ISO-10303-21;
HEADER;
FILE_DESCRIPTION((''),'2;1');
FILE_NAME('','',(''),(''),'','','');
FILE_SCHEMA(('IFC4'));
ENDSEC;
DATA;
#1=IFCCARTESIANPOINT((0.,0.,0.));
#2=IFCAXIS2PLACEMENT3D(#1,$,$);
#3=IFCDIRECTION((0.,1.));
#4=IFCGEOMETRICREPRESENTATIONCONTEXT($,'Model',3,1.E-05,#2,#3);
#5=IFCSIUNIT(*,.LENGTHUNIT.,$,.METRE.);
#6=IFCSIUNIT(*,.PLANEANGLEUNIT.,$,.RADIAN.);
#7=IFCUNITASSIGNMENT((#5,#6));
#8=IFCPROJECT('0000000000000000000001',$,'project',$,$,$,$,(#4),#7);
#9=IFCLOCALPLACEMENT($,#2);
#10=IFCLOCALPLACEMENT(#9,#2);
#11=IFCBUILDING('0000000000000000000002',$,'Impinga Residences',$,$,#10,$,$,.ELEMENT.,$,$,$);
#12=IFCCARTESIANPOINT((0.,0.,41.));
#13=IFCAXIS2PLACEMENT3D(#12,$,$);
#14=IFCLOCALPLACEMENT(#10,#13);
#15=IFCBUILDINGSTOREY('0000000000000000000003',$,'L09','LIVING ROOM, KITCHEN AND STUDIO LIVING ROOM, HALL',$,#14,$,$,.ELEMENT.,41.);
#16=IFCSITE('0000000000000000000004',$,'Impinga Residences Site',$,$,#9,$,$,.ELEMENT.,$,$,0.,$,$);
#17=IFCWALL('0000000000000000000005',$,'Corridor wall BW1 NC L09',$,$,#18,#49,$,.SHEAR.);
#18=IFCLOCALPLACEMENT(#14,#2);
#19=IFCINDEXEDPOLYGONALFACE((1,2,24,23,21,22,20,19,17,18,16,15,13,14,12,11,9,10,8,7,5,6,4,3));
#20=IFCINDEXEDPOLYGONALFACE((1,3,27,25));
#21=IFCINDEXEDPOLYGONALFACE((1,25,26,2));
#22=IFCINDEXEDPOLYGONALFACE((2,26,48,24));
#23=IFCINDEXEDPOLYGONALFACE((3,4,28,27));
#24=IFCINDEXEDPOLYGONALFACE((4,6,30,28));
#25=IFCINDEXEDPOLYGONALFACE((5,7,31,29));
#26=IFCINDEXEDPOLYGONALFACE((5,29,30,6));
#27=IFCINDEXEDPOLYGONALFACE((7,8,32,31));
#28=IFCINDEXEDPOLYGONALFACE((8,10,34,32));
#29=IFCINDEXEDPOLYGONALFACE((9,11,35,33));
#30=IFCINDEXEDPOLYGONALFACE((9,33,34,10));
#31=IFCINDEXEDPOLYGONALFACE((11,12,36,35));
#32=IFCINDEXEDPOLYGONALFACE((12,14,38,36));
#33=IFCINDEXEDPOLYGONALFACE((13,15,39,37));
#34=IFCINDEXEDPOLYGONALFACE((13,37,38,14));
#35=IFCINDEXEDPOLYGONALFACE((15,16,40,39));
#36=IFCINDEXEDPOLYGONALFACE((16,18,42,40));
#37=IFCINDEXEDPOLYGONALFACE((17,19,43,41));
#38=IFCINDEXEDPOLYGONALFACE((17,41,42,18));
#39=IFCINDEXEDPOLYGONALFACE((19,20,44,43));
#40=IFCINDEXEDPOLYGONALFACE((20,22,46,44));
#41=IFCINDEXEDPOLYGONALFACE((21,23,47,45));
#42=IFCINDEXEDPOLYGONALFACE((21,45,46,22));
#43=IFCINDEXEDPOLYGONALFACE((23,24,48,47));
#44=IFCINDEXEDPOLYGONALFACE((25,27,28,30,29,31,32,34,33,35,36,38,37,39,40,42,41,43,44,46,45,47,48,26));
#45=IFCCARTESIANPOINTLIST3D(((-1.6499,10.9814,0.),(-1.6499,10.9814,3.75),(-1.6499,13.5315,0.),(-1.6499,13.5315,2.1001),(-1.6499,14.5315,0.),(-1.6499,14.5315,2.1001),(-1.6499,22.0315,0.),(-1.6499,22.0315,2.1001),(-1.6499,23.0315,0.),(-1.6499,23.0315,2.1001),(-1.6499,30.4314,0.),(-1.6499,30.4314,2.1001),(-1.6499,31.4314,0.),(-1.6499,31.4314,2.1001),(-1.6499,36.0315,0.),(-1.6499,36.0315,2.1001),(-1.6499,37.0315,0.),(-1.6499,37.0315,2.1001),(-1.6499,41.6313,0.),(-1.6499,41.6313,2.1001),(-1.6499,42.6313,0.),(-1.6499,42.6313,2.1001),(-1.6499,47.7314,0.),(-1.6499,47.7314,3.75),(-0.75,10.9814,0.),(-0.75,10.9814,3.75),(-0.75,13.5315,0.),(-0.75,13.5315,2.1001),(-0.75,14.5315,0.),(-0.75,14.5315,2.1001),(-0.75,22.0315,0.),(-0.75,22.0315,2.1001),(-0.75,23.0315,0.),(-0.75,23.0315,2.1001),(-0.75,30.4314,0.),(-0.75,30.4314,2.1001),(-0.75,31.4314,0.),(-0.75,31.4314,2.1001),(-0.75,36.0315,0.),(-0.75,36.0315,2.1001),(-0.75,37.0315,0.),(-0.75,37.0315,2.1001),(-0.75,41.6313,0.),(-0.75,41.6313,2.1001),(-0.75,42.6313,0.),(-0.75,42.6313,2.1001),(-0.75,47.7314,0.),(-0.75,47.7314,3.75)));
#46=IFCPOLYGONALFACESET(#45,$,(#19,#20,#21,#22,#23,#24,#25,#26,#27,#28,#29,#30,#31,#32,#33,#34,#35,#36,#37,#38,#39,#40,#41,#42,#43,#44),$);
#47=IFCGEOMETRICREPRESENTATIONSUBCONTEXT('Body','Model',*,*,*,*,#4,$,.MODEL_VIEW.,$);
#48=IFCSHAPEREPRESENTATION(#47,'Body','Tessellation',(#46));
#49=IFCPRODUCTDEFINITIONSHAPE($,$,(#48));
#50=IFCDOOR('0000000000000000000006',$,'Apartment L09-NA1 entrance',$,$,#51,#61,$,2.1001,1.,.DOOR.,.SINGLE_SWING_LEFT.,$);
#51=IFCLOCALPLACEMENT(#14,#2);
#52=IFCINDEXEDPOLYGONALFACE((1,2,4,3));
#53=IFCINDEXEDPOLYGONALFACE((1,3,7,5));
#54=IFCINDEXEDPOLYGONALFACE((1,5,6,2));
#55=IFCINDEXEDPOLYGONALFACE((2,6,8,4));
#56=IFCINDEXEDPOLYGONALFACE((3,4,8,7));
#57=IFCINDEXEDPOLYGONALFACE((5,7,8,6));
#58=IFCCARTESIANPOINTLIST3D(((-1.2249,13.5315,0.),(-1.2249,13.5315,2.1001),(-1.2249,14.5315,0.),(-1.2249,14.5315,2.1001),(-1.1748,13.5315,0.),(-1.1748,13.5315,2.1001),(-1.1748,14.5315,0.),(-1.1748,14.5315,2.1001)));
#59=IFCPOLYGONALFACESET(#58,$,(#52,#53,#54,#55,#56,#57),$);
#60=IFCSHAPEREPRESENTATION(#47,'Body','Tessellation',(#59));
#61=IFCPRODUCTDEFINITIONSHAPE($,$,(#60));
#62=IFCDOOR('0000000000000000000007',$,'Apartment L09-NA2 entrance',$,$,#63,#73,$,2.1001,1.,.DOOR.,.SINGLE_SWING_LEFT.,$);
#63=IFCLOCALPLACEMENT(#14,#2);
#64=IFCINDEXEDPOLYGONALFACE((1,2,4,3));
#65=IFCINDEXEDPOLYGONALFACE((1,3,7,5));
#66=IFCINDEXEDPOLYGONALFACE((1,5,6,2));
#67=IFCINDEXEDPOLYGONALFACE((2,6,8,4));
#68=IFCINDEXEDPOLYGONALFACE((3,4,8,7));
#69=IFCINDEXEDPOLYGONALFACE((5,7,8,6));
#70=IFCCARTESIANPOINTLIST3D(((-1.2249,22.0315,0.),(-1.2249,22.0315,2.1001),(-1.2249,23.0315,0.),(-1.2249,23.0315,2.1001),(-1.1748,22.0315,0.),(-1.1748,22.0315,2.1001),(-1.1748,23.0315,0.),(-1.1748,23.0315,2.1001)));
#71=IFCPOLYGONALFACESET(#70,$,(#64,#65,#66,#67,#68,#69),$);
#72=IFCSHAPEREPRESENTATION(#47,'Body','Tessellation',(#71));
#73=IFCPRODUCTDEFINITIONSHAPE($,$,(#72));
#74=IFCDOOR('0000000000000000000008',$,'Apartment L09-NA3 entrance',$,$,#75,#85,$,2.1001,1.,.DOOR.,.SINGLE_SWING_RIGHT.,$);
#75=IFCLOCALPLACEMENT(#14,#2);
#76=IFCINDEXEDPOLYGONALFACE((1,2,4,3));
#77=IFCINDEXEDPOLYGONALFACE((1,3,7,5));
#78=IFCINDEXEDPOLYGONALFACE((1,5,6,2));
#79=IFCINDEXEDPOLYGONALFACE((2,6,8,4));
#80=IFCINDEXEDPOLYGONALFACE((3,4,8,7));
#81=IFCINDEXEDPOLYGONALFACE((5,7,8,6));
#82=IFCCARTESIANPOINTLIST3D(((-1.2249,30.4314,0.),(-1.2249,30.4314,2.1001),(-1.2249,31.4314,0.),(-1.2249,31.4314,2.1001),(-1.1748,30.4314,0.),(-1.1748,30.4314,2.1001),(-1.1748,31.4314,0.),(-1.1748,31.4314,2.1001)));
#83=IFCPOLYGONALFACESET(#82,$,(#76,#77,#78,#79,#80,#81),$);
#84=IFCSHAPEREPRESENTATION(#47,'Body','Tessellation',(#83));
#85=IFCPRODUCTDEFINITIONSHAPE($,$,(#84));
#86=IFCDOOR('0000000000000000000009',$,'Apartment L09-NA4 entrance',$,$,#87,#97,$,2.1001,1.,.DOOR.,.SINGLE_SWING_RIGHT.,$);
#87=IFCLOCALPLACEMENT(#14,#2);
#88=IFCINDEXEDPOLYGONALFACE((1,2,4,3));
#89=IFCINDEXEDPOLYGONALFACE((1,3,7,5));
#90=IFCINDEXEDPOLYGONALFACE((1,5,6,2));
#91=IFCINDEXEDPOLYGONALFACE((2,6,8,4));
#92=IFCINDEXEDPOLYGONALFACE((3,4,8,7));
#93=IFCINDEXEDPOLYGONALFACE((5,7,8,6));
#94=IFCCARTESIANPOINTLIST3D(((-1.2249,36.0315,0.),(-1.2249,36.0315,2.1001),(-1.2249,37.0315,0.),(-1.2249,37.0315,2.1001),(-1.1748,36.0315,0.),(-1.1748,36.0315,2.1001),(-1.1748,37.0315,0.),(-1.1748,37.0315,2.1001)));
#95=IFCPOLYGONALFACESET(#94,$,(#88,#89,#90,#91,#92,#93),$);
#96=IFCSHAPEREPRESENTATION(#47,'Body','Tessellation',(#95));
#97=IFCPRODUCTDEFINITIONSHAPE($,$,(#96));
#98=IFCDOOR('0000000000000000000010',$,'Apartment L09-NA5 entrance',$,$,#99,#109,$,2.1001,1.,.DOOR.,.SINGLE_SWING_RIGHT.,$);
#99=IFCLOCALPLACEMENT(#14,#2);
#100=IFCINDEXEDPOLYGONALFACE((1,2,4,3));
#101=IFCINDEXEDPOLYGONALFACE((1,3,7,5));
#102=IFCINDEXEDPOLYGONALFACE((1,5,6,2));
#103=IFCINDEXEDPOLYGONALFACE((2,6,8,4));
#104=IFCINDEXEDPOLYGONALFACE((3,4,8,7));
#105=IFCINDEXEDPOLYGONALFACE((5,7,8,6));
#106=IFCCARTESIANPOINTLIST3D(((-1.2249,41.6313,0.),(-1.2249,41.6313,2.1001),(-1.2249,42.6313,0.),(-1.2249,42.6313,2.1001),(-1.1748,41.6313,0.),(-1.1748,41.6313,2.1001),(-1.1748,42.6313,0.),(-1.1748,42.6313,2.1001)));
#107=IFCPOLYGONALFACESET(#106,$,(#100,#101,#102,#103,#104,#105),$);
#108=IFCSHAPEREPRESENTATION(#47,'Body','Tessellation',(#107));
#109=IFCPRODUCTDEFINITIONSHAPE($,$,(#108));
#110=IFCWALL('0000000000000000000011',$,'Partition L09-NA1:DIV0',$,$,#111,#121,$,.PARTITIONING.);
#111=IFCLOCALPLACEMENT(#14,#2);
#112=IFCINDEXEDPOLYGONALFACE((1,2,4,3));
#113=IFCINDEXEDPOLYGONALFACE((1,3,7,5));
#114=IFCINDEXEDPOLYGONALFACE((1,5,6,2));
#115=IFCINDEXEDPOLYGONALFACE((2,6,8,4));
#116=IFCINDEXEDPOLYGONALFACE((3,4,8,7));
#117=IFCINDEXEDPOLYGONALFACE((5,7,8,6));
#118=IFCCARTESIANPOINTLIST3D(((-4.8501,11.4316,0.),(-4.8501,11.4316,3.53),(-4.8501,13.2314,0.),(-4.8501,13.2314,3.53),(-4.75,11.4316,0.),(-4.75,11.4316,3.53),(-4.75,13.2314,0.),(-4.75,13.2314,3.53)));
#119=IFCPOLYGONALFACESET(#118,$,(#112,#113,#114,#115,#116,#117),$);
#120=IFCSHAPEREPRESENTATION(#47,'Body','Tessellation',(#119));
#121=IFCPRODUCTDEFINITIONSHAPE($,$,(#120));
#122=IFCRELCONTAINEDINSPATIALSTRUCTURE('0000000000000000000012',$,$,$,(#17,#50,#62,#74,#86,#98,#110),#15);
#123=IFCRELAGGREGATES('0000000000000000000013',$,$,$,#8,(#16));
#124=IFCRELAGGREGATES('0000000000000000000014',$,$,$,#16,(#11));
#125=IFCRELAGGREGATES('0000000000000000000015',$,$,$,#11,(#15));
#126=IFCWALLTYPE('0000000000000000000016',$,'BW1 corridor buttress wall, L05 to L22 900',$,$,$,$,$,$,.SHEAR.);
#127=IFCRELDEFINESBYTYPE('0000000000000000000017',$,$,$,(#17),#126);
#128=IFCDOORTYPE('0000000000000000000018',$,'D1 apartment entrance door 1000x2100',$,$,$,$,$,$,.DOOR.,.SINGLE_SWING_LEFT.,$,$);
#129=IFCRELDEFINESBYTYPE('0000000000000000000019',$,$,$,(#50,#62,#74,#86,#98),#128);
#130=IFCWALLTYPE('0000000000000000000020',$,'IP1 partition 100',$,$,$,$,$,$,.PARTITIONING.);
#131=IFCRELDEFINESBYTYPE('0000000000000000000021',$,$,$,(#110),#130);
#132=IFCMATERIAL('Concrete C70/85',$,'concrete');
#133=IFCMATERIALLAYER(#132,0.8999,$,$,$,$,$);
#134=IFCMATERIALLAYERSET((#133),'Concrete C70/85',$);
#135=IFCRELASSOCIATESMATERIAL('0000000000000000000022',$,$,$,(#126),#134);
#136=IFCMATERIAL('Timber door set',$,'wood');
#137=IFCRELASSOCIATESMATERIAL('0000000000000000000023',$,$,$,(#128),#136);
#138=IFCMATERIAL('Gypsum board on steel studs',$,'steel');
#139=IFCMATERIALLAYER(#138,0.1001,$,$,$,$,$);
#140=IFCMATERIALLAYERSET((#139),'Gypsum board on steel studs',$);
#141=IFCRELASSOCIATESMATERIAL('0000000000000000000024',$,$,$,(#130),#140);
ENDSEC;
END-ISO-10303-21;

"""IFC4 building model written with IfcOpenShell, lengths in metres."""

from ifc_helpers import new_model, si_unit, direction, frame, frame_2d, origin, place, context, subcontext, project, spatial, rectangle, extrude, material, layer, layer_set, type_object, element, fill, save


model = new_model("IFC4")

# Units and contexts
model_context = context("Model", 3, precision=1e-05, world=origin(), true_north=direction((0.0, 1.0)))
body_context = subcontext(model_context, "Body", "Model", "MODEL_VIEW")
ifc_project = project(units=[si_unit("LENGTHUNIT", "METRE"), si_unit("PLANEANGLEUNIT", "RADIAN")], contexts=[model_context])

# Site, building, storey
site_placement = place(None, origin())
site = spatial("IfcSite", under=ifc_project, at=site_placement, Name="Impinga Residences Site", CompositionType="ELEMENT", RefElevation=0.0)
building_placement = place(site_placement, origin())
building = spatial("IfcBuilding", under=site, at=building_placement, Name="Impinga Residences", CompositionType="ELEMENT")
storey_placement = place(building_placement, frame((0.0, 0.0, 41.0)))
storey = spatial("IfcBuildingStorey", under=building, at=storey_placement, Name="L09", Description="LIVING ROOM, KITCHEN AND STUDIO LIVING ROOM, HALL", CompositionType="ELEMENT", Elevation=41.0)

# Wall, openings, doors
ifc_material_1 = material(Name="Concrete C70/85", Category="concrete")
ifc_layer_1 = layer(ifc_material_1, 0.8999)
ifc_layer_set_1 = layer_set([ifc_layer_1], Name="Concrete C70/85")
wall_type_1 = type_object("IfcWallType", Name="BW1 corridor buttress wall, L05 to L22 900", PredefinedType="SHEAR", material=ifc_layer_set_1)
wall_1_placement = place(storey_placement, frame((-1.2, 10.9814, 0.0), z_axis=(0.0, 0.0, 1.0), x_axis=(0.0, 1.0, 0.0)))
wall_1 = element("IfcWall", 1, at=wall_1_placement, inside=storey, type_object=wall_type_1, Name="Corridor wall BW1 NC L09", PredefinedType="SHEAR", context=body_context, shape_type="SweptSolid", body=[
    extrude(rectangle(XDim=36.75, YDim=0.8999, at=frame_2d((18.375, 0.0))), origin(), (0.0, 0.0, 1.0), 3.75),
])
opening_1_placement = place(wall_1_placement, frame((2.55, 0.0, 0.0)))
opening_1 = element("IfcOpeningElement", 2, at=opening_1_placement, cuts=wall_1, PredefinedType="OPENING", context=body_context, shape_type="SweptSolid", body=[
    extrude(rectangle(XDim=1.0, YDim=2.1001, at=frame_2d((0.5, 1.05))), frame((0.0, 0.46, 0.0), z_axis=(0.0, -1.0, 0.0), x_axis=(1.0, 0.0, 0.0)), (0.0, 0.0, 1.0), 0.9199),
])
opening_2_placement = place(wall_1_placement, frame((11.05, 0.0, 0.0)))
opening_2 = element("IfcOpeningElement", 3, at=opening_2_placement, cuts=wall_1, PredefinedType="OPENING", context=body_context, shape_type="SweptSolid", body=[
    extrude(rectangle(XDim=1.0, YDim=2.1001, at=frame_2d((0.5, 1.05))), frame((0.0, 0.46, 0.0), z_axis=(0.0, -1.0, 0.0), x_axis=(1.0, 0.0, 0.0)), (0.0, 0.0, 1.0), 0.9199),
])
opening_3_placement = place(wall_1_placement, frame((19.45, 0.0, 0.0)))
opening_3 = element("IfcOpeningElement", 4, at=opening_3_placement, cuts=wall_1, PredefinedType="OPENING", context=body_context, shape_type="SweptSolid", body=[
    extrude(rectangle(XDim=1.0, YDim=2.1001, at=frame_2d((0.5, 1.05))), frame((0.0, 0.46, 0.0), z_axis=(0.0, -1.0, 0.0), x_axis=(1.0, 0.0, 0.0)), (0.0, 0.0, 1.0), 0.9199),
])
opening_4_placement = place(wall_1_placement, frame((25.05, 0.0, 0.0)))
opening_4 = element("IfcOpeningElement", 5, at=opening_4_placement, cuts=wall_1, PredefinedType="OPENING", context=body_context, shape_type="SweptSolid", body=[
    extrude(rectangle(XDim=1.0, YDim=2.1001, at=frame_2d((0.5, 1.05))), frame((0.0, 0.46, 0.0), z_axis=(0.0, -1.0, 0.0), x_axis=(1.0, 0.0, 0.0)), (0.0, 0.0, 1.0), 0.9199),
])
opening_5_placement = place(wall_1_placement, frame((30.6499, 0.0, 0.0)))
opening_5 = element("IfcOpeningElement", 6, at=opening_5_placement, cuts=wall_1, PredefinedType="OPENING", context=body_context, shape_type="SweptSolid", body=[
    extrude(rectangle(XDim=1.0, YDim=2.1001, at=frame_2d((0.5, 1.05))), frame((0.0, 0.46, 0.0), z_axis=(0.0, -1.0, 0.0), x_axis=(1.0, 0.0, 0.0)), (0.0, 0.0, 1.0), 0.9199),
])
ifc_material_2 = material(Name="Timber door set", Category="wood")
door_type_1 = type_object("IfcDoorType", Name="D1 apartment entrance door 1000x2100", OperationType="SINGLE_SWING_LEFT", PredefinedType="DOOR", material=ifc_material_2)
door_1_placement = place(opening_1_placement, origin())
door_1 = element("IfcDoor", 7, at=door_1_placement, inside=storey, type_object=door_type_1, Name="Apartment L09-NA1 entrance", OperationType="SINGLE_SWING_LEFT", OverallHeight=2.1001, OverallWidth=1.0, PredefinedType="DOOR", context=body_context, shape_type="SweptSolid", body=[
    extrude(rectangle(XDim=1.0, YDim=2.1001, at=frame_2d((0.5, 1.05))), frame((0.0, 0.0249, 0.0), z_axis=(0.0, -1.0, 0.0), x_axis=(1.0, 0.0, 0.0)), (0.0, 0.0, 1.0), 0.05),
])
fill(opening_1, door_1)
door_2_placement = place(opening_2_placement, origin())
door_2 = element("IfcDoor", 8, at=door_2_placement, inside=storey, type_object=door_type_1, Name="Apartment L09-NA2 entrance", OperationType="SINGLE_SWING_LEFT", OverallHeight=2.1001, OverallWidth=1.0, PredefinedType="DOOR", context=body_context, shape_type="SweptSolid", body=[
    extrude(rectangle(XDim=1.0, YDim=2.1001, at=frame_2d((0.5, 1.05))), frame((0.0, 0.0249, 0.0), z_axis=(0.0, -1.0, 0.0), x_axis=(1.0, 0.0, 0.0)), (0.0, 0.0, 1.0), 0.05),
])
fill(opening_2, door_2)
door_3_placement = place(opening_3_placement, origin())
door_3 = element("IfcDoor", 9, at=door_3_placement, inside=storey, type_object=door_type_1, Name="Apartment L09-NA3 entrance", OperationType="SINGLE_SWING_RIGHT", OverallHeight=2.1001, OverallWidth=1.0, PredefinedType="DOOR", context=body_context, shape_type="SweptSolid", body=[
    extrude(rectangle(XDim=1.0, YDim=2.1001, at=frame_2d((0.5, 1.05))), frame((0.0, 0.0249, 0.0), z_axis=(0.0, -1.0, 0.0), x_axis=(1.0, 0.0, 0.0)), (0.0, 0.0, 1.0), 0.05),
])
fill(opening_3, door_3)
door_4_placement = place(opening_4_placement, origin())
door_4 = element("IfcDoor", 10, at=door_4_placement, inside=storey, type_object=door_type_1, Name="Apartment L09-NA4 entrance", OperationType="SINGLE_SWING_RIGHT", OverallHeight=2.1001, OverallWidth=1.0, PredefinedType="DOOR", context=body_context, shape_type="SweptSolid", body=[
    extrude(rectangle(XDim=1.0, YDim=2.1001, at=frame_2d((0.5, 1.05))), frame((0.0, 0.0249, 0.0), z_axis=(0.0, -1.0, 0.0), x_axis=(1.0, 0.0, 0.0)), (0.0, 0.0, 1.0), 0.05),
])
fill(opening_4, door_4)
door_5_placement = place(opening_5_placement, origin())
door_5 = element("IfcDoor", 11, at=door_5_placement, inside=storey, type_object=door_type_1, Name="Apartment L09-NA5 entrance", OperationType="SINGLE_SWING_RIGHT", OverallHeight=2.1001, OverallWidth=1.0, PredefinedType="DOOR", context=body_context, shape_type="SweptSolid", body=[
    extrude(rectangle(XDim=1.0, YDim=2.1001, at=frame_2d((0.5, 1.05))), frame((0.0, 0.0249, 0.0), z_axis=(0.0, -1.0, 0.0), x_axis=(1.0, 0.0, 0.0)), (0.0, 0.0, 1.0), 0.05),
])
fill(opening_5, door_5)

# Wall
ifc_material_3 = material(Name="Gypsum board on steel studs", Category="steel")
ifc_layer_2 = layer(ifc_material_3, 0.1001)
ifc_layer_set_2 = layer_set([ifc_layer_2], Name="Gypsum board on steel studs")
wall_type_2 = type_object("IfcWallType", Name="IP1 partition 100", PredefinedType="PARTITIONING", material=ifc_layer_set_2)
wall_2_placement = place(storey_placement, frame((-4.8, 11.4316, 0.0), z_axis=(0.0, 0.0, 1.0), x_axis=(0.0, 1.0, 0.0)))
element("IfcWall", 12, at=wall_2_placement, inside=storey, type_object=wall_type_2, Name="Partition L09-NA1:DIV0", PredefinedType="PARTITIONING", context=body_context, shape_type="SweptSolid", body=[
    extrude(rectangle(XDim=1.7998, YDim=0.1001, at=frame_2d((0.8999, 0.0))), origin(), (0.0, 0.0, 1.0), 3.53),
])

save(model, "model.ifc")
